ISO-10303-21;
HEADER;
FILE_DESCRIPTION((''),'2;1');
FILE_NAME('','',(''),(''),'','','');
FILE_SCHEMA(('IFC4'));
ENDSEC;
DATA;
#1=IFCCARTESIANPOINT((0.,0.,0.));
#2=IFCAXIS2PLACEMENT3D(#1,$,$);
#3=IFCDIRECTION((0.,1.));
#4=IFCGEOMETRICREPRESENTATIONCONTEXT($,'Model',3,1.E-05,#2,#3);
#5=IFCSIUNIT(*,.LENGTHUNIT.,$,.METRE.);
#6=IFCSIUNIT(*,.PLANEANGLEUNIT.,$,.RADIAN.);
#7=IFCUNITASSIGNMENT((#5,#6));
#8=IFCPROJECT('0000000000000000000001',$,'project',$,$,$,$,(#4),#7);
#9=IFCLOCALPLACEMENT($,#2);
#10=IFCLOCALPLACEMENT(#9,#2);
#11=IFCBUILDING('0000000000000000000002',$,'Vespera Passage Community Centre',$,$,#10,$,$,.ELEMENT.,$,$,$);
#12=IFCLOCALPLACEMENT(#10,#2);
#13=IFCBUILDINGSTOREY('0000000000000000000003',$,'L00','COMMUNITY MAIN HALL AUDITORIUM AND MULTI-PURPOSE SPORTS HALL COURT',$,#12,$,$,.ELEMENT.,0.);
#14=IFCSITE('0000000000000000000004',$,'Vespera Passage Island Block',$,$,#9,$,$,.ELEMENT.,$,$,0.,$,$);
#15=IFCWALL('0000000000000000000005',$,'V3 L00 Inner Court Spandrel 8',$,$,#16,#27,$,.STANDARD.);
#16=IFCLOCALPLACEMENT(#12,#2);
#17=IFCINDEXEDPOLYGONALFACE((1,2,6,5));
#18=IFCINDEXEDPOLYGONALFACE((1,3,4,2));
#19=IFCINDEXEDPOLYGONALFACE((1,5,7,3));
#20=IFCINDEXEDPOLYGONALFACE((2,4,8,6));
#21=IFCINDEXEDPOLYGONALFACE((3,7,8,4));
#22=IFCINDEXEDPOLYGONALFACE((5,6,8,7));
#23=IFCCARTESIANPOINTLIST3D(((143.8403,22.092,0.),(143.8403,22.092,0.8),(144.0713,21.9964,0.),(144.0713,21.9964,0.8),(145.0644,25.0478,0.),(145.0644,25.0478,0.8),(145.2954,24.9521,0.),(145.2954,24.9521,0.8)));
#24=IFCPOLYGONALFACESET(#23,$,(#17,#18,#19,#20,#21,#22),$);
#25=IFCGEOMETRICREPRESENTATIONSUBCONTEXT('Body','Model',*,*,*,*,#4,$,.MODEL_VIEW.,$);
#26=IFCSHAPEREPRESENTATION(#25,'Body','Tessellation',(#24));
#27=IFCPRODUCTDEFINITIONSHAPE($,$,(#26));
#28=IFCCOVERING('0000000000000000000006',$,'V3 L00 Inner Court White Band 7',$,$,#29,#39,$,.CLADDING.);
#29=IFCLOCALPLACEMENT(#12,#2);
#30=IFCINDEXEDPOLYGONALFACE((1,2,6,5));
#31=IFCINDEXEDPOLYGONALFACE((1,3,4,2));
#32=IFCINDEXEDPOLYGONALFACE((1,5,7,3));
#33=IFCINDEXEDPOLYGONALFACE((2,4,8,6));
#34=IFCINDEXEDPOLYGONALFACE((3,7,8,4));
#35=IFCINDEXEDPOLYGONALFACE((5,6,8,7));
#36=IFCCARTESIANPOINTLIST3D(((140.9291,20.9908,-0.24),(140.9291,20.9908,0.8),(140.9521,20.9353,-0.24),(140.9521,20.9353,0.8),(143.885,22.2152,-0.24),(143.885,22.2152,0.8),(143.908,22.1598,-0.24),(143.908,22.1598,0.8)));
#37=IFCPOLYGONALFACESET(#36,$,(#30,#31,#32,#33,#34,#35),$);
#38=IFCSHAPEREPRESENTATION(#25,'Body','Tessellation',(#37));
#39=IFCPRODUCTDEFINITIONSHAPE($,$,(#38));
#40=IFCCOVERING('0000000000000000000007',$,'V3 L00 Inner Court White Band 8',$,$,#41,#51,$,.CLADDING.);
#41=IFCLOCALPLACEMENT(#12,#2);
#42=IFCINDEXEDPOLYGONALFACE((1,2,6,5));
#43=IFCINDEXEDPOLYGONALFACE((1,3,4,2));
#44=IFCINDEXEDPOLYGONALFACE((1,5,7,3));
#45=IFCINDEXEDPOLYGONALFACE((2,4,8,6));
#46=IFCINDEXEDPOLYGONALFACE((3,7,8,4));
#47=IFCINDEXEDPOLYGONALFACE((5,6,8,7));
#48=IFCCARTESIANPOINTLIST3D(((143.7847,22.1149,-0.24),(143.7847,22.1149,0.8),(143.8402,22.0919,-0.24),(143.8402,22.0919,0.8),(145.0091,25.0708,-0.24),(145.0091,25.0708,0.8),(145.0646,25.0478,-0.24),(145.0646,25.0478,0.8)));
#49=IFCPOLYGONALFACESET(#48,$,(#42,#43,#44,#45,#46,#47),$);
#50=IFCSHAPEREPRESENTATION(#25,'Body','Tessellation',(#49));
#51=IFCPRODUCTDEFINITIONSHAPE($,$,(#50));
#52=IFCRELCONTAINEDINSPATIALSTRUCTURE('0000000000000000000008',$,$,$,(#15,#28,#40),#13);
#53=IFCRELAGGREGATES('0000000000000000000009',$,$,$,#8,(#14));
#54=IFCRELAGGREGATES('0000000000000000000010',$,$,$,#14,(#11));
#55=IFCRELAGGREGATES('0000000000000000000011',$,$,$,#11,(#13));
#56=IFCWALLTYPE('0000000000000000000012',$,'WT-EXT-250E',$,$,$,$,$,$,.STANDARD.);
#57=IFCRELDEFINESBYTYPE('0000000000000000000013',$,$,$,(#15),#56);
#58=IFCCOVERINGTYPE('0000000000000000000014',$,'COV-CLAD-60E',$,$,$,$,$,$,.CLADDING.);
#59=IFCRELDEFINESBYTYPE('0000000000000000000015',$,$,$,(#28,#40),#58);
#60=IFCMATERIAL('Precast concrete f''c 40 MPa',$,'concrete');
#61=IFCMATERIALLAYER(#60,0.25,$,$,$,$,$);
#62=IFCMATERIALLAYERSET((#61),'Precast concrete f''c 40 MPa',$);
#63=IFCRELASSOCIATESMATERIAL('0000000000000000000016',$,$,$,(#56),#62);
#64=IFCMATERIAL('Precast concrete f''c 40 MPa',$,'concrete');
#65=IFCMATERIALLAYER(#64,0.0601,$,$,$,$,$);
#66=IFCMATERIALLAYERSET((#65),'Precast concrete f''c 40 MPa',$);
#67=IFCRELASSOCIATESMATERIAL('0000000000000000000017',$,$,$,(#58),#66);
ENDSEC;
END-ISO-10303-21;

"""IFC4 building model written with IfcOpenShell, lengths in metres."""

from ifc_helpers import new_model, si_unit, direction, frame, frame_2d, origin, place, context, subcontext, project, spatial, rectangle, extrude, material, layer, layer_set, type_object, element, save


model = new_model("IFC4")

# Units and contexts
model_context = context("Model", 3, precision=1e-05, world=origin(), true_north=direction((0.0, 1.0)))
body_context = subcontext(model_context, "Body", "Model", "MODEL_VIEW")
ifc_project = project(units=[si_unit("LENGTHUNIT", "METRE"), si_unit("PLANEANGLEUNIT", "RADIAN")], contexts=[model_context])

# Site, building, storey
site_placement = place(None, origin())
site = spatial("IfcSite", under=ifc_project, at=site_placement, Name="Vespera Passage Island Block", CompositionType="ELEMENT", RefElevation=0.0)
building_placement = place(site_placement, origin())
building = spatial("IfcBuilding", under=site, at=building_placement, Name="Vespera Passage Community Centre", CompositionType="ELEMENT")
storey_placement = place(building_placement, origin())
storey = spatial("IfcBuildingStorey", under=building, at=storey_placement, Name="L00", Description="COMMUNITY MAIN HALL AUDITORIUM AND MULTI-PURPOSE SPORTS HALL COURT", CompositionType="ELEMENT", Elevation=0.0)

# Wall
ifc_material_1 = material(Name="Precast concrete f'c 40 MPa", Category="concrete")
ifc_layer_1 = layer(ifc_material_1, 0.25)
ifc_layer_set_1 = layer_set([ifc_layer_1], Name="Precast concrete f'c 40 MPa")
wall_type = type_object("IfcWallType", Name="WT-EXT-250E", PredefinedType="STANDARD", material=ifc_layer_set_1)
wall_placement = place(storey_placement, frame((143.9558, 22.0442, 0.0), z_axis=(0.0, 0.0, 1.0), x_axis=(0.382626, 0.923903, 0.0)))
element("IfcWall", 1, at=wall_placement, inside=storey, type_object=wall_type, Name="V3 L00 Inner Court Spandrel 8", PredefinedType="STANDARD", context=body_context, shape_type="SweptSolid", body=[
    extrude(rectangle(XDim=3.1992, YDim=0.25, at=frame_2d((1.5996, 0.0))), origin(), (0.0, 0.0, 1.0), 0.8),
])

# Coverings
ifc_material_2 = material(Name="Precast concrete f'c 40 MPa", Category="concrete")
ifc_layer_2 = layer(ifc_material_2, 0.0601)
ifc_layer_set_2 = layer_set([ifc_layer_2], Name="Precast concrete f'c 40 MPa")
covering_type = type_object("IfcCoveringType", Name="COV-CLAD-60E", PredefinedType="CLADDING", material=ifc_layer_set_2)
for number, where, z_axis, x_axis, name in (
    (2, (140.9407, 20.9631, -0.24), (0.0, 0.0, 1.0), (0.923876, 0.382691, 0.0), "V3 L00 Inner Court White Band 7"),
    (3, (143.8125, 22.1035, -0.24), (0.0, 0.0, 1.0), (0.382691, 0.923876, 0.0), "V3 L00 Inner Court White Band 8"),
):
    element("IfcCovering", number, at=place(storey_placement, frame(where, z_axis=z_axis, x_axis=x_axis)), inside=storey, type_object=covering_type, Name=name, PredefinedType="CLADDING", context=body_context, shape_type="SweptSolid", body=[
        extrude(rectangle(XDim=3.1995, YDim=0.0601, at=frame_2d((1.5996, 0.0))), origin(), (0.0, 0.0, 1.0), 1.04),
    ])

save(model, "model.ifc")
